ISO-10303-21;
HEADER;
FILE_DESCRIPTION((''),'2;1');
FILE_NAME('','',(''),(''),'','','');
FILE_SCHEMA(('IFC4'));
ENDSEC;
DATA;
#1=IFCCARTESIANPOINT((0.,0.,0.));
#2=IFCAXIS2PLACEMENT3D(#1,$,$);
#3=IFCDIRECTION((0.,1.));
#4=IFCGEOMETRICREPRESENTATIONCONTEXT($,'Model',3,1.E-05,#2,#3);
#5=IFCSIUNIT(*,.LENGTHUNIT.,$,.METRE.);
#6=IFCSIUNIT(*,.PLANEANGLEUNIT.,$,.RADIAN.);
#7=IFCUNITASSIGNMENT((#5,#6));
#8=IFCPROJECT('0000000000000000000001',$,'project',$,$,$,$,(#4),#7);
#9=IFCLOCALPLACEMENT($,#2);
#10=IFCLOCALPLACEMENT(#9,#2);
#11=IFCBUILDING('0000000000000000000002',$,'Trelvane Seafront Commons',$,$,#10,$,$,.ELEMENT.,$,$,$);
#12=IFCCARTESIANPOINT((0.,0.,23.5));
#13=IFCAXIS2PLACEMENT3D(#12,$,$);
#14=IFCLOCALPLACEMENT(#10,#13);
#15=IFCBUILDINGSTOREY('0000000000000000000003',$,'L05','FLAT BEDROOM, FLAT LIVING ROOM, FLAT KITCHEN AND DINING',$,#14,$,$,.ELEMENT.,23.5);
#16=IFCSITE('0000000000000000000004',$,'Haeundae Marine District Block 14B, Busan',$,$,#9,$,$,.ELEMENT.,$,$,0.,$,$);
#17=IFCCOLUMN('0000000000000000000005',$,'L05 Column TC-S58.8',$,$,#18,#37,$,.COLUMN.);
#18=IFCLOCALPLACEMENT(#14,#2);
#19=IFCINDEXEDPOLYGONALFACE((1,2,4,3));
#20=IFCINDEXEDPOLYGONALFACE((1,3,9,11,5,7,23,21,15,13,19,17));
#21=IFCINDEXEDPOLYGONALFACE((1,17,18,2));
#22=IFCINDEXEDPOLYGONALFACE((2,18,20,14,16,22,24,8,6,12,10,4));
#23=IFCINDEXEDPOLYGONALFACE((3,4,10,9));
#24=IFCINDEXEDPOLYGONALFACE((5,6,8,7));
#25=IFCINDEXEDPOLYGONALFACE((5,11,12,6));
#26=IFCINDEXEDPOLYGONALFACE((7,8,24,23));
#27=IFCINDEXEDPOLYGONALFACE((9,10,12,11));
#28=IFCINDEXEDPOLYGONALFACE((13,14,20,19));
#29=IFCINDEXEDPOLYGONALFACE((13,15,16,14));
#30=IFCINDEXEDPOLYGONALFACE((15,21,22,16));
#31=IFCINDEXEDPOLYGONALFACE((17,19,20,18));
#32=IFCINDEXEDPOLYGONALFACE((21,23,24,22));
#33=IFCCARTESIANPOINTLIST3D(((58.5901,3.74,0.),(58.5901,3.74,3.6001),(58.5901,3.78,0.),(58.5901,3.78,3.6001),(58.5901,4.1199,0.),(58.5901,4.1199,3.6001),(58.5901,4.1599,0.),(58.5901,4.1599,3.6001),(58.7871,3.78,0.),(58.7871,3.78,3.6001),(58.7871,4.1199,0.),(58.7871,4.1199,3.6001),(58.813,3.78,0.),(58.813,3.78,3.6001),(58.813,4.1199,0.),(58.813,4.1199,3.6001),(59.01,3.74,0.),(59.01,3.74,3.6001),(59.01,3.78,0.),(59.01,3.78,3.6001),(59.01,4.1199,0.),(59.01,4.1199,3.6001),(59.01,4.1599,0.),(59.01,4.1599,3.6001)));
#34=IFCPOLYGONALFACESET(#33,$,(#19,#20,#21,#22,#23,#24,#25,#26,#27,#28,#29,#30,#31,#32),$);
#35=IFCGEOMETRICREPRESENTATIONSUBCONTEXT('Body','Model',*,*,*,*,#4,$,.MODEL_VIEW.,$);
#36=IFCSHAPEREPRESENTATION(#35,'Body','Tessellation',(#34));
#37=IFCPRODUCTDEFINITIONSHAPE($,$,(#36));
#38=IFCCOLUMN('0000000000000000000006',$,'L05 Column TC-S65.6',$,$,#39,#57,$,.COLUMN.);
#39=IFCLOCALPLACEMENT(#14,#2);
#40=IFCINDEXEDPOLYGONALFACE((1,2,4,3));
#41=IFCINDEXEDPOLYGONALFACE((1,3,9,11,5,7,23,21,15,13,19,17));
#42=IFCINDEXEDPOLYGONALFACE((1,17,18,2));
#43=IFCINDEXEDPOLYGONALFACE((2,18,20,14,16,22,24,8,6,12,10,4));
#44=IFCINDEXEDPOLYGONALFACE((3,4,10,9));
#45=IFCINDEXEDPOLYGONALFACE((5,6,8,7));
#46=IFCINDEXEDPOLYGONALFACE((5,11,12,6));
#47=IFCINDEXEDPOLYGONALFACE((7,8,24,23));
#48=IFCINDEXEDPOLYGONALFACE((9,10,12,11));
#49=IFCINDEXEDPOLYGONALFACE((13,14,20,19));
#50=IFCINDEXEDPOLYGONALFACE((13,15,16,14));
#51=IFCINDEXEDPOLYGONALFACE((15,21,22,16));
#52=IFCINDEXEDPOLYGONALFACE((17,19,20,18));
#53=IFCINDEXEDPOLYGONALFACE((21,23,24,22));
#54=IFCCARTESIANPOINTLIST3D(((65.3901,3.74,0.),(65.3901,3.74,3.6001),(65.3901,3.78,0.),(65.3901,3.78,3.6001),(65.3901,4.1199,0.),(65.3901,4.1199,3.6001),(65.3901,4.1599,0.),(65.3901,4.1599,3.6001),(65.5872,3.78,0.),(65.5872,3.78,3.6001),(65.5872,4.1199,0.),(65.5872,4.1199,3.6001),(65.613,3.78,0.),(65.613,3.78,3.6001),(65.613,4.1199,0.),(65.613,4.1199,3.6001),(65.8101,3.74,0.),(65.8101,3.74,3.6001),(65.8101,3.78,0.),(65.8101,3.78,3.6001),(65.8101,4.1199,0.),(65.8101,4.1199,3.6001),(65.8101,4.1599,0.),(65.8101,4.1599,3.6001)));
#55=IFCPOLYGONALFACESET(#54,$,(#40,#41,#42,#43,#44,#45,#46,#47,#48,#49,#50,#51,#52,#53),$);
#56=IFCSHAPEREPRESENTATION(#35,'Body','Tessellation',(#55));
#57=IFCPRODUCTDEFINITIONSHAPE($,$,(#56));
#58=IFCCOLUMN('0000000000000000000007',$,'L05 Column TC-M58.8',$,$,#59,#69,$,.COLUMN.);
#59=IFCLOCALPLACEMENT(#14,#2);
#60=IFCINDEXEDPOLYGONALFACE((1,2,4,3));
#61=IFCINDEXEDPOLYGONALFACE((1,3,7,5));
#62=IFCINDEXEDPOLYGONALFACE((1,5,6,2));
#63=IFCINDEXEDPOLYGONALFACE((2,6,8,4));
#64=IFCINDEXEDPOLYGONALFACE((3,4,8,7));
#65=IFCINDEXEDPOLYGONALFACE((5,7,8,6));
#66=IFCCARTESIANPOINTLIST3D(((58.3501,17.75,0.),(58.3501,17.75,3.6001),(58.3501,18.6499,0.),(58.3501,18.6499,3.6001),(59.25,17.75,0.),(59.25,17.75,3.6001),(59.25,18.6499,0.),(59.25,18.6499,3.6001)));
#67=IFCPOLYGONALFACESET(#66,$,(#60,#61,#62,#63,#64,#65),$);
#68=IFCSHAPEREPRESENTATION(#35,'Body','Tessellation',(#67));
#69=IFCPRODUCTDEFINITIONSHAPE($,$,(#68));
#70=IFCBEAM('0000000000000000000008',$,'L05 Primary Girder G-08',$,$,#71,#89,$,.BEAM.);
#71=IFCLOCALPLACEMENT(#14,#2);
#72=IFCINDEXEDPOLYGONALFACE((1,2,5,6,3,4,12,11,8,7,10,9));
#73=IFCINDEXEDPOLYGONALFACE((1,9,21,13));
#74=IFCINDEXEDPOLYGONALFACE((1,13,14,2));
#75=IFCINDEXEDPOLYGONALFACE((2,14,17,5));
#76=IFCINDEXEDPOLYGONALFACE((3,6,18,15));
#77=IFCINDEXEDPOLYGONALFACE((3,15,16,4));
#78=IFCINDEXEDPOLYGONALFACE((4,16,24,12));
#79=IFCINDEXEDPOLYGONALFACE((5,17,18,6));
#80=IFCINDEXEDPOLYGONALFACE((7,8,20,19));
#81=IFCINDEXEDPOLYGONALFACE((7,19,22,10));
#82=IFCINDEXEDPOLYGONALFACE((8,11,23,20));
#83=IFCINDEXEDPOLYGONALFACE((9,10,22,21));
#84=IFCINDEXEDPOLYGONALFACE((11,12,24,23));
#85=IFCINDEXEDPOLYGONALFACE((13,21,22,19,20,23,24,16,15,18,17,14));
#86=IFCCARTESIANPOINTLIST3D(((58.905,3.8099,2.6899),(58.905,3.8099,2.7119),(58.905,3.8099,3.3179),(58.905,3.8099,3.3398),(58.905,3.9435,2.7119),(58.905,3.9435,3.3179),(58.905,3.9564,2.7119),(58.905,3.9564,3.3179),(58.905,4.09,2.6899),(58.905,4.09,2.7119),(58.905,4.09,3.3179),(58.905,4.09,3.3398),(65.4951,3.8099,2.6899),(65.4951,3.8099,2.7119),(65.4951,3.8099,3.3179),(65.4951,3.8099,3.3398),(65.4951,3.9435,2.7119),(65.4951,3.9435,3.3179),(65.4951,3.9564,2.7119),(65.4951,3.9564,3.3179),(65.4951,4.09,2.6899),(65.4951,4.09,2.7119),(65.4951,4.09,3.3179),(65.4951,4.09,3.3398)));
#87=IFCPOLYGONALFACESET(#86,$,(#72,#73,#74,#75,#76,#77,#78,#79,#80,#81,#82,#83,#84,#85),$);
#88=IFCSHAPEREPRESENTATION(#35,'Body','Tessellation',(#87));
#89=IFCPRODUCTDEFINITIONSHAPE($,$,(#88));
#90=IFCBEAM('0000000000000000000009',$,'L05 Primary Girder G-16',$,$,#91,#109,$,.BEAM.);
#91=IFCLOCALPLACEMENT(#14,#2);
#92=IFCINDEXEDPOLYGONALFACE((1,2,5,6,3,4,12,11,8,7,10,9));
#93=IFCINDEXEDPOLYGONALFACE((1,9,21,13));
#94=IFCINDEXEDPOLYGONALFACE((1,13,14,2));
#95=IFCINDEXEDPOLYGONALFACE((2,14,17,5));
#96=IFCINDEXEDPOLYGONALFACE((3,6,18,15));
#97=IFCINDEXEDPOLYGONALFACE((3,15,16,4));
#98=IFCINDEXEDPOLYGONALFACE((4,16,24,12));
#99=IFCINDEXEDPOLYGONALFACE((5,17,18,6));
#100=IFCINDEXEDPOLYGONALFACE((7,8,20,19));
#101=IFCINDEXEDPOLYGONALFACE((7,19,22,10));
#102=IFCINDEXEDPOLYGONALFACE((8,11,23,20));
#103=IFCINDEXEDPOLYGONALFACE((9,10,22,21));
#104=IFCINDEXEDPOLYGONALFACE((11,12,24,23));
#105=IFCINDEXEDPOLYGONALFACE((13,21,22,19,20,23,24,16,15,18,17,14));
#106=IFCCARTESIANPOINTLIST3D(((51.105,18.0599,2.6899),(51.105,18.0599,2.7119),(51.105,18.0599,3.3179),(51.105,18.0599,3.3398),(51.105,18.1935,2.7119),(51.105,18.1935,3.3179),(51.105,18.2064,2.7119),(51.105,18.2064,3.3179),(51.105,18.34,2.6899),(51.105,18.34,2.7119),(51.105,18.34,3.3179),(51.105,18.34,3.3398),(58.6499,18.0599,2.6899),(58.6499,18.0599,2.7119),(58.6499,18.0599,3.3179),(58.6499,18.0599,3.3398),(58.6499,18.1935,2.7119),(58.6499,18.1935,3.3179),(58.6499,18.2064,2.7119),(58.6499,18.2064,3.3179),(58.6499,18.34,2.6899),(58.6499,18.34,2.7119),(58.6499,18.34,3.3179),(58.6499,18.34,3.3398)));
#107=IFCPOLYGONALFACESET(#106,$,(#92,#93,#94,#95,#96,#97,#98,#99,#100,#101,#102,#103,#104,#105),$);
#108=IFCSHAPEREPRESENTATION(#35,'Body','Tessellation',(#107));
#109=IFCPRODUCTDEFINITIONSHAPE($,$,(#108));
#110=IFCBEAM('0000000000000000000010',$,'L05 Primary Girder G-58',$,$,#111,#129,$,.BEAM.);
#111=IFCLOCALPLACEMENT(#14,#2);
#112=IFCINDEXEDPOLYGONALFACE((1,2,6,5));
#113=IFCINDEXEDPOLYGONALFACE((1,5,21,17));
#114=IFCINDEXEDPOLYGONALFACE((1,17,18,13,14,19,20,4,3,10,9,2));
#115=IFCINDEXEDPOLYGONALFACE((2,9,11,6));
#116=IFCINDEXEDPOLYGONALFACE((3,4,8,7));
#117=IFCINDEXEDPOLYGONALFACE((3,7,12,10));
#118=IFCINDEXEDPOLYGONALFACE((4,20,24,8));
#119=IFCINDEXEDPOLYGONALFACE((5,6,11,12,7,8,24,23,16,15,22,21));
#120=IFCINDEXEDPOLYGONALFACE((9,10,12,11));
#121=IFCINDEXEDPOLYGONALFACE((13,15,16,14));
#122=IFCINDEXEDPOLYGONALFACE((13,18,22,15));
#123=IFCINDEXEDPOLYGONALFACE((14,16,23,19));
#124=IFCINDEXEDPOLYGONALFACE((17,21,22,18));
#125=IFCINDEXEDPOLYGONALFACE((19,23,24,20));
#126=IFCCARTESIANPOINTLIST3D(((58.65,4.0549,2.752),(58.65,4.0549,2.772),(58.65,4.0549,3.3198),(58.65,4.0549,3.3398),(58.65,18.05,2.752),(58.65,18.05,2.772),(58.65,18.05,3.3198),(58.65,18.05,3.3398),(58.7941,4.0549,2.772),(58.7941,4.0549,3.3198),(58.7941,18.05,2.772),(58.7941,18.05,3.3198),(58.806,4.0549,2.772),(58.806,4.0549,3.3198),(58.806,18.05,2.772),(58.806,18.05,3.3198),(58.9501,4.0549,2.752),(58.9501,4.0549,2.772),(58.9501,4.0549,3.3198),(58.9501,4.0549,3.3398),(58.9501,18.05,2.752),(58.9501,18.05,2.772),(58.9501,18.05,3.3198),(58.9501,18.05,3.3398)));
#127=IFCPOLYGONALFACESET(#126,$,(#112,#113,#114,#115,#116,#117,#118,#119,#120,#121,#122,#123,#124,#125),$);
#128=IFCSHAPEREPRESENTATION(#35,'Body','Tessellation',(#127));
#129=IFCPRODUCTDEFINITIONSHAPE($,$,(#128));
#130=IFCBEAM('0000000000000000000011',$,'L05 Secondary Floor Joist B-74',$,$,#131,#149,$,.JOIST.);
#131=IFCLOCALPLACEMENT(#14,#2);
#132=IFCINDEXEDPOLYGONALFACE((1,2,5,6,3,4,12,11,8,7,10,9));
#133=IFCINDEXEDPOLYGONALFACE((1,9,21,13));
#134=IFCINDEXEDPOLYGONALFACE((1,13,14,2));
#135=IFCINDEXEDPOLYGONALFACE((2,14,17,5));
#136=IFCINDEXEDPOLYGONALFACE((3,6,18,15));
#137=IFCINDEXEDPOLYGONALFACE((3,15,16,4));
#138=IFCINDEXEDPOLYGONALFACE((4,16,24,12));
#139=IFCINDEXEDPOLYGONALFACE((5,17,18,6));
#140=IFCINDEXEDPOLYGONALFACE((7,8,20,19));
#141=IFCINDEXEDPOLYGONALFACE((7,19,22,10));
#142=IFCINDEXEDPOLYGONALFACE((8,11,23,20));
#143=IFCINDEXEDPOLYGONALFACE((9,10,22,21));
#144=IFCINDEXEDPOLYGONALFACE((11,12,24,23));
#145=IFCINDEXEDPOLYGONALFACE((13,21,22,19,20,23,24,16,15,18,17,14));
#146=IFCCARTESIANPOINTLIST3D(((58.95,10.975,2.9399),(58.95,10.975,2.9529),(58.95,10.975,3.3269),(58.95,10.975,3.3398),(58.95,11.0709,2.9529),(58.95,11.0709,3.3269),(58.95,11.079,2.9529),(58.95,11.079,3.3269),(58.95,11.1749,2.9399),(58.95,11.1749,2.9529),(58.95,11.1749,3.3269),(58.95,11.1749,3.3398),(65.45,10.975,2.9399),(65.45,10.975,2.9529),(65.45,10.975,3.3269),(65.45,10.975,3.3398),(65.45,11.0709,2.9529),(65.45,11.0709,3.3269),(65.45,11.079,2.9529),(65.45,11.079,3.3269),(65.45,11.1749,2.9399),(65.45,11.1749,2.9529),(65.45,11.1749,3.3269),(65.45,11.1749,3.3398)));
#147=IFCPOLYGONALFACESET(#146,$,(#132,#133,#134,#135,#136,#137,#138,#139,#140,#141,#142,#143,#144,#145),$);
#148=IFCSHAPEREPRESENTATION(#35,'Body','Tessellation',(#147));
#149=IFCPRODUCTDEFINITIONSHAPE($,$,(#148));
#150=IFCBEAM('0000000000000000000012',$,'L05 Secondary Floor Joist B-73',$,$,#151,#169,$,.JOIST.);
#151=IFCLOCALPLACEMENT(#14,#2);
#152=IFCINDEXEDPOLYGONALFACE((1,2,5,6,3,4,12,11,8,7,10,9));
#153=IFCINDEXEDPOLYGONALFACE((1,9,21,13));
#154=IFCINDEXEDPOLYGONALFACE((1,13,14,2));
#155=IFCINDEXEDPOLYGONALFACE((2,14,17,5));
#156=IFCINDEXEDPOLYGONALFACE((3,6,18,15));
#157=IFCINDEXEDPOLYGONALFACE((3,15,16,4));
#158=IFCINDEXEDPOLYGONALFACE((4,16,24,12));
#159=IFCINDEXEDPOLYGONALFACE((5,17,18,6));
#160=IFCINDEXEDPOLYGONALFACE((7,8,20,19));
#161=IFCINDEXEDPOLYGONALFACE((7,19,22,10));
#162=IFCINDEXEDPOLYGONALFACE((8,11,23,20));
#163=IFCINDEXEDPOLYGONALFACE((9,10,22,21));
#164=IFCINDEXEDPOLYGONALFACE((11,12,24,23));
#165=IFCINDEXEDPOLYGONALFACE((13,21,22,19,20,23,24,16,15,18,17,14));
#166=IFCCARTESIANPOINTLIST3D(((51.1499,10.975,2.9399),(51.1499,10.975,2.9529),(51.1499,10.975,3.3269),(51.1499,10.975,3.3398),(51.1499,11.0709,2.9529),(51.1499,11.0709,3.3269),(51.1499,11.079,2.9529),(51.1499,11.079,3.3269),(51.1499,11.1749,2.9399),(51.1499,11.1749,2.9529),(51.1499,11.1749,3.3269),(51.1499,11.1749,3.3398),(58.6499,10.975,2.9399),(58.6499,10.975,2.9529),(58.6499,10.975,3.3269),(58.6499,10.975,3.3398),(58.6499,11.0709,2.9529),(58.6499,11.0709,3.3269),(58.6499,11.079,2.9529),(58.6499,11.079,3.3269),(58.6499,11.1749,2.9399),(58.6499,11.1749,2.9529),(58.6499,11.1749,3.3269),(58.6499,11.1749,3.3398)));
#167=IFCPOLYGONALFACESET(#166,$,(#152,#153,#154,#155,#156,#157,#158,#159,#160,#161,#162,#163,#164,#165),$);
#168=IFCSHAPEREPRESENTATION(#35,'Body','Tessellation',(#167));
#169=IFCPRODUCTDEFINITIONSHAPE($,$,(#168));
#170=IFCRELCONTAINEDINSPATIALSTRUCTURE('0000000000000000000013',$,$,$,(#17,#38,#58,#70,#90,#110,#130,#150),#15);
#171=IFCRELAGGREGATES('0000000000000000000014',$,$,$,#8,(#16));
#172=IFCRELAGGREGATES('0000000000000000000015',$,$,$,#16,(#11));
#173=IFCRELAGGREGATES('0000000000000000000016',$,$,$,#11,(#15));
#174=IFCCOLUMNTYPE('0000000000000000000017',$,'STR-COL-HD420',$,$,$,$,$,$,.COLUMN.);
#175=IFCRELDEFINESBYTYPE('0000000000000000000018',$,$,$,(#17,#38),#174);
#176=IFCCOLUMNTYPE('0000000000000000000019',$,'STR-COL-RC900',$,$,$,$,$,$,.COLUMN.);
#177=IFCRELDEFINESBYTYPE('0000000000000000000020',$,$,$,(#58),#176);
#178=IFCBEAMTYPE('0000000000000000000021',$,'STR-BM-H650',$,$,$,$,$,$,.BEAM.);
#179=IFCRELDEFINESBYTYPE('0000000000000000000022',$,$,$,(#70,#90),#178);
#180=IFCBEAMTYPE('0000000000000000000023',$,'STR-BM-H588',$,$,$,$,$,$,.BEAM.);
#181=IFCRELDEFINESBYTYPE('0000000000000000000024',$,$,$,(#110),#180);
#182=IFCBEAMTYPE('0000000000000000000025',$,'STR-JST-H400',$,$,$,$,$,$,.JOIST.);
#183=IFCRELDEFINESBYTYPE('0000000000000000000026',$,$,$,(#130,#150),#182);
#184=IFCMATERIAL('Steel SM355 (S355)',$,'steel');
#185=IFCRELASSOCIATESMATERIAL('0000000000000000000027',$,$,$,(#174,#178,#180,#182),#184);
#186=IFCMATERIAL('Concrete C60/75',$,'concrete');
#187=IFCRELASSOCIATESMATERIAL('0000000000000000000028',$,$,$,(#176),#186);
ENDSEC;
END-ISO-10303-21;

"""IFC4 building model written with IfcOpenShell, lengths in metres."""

from ifc_helpers import new_model, si_unit, direction, frame, origin, origin_2d, place, context, subcontext, project, spatial, rectangle, i_section, extrude, source, transform, mapped, material, material_profile, profile_set, type_object, element, save


model = new_model("IFC4")

# Units and contexts
model_context = context("Model", 3, precision=1e-05, world=origin(), true_north=direction((0.0, 1.0)))
body_context = subcontext(model_context, "Body", "Model", "MODEL_VIEW")
ifc_project = project(units=[si_unit("LENGTHUNIT", "METRE"), si_unit("PLANEANGLEUNIT", "RADIAN")], contexts=[model_context])

# Site, building, storey
site_placement = place(None, origin())
site = spatial("IfcSite", under=ifc_project, at=site_placement, Name="Haeundae Marine District Block 14B, Busan", CompositionType="ELEMENT", RefElevation=0.0)
building_placement = place(site_placement, origin())
building = spatial("IfcBuilding", under=site, at=building_placement, Name="Trelvane Seafront Commons", CompositionType="ELEMENT")
storey_placement = place(building_placement, frame((0.0, 0.0, 23.5)))
storey = spatial("IfcBuildingStorey", under=building, at=storey_placement, Name="L05", Description="FLAT BEDROOM, FLAT LIVING ROOM, FLAT KITCHEN AND DINING", CompositionType="ELEMENT", Elevation=23.5)

# Columns
ifc_material_1 = material(Name="Steel SM355 (S355)", Category="steel")
ifc_material_profile_1 = material_profile(ifc_material_1, i_section(OverallWidth=0.4199, OverallDepth=0.4199, WebThickness=0.0259, FlangeThickness=0.04, at=origin_2d()), Name="HD-420x420x26x40")
ifc_profile_set_1 = profile_set([ifc_material_profile_1], Name="Steel SM355 (S355)")
column_type_1 = type_object("IfcColumnType", Name="STR-COL-HD420", PredefinedType="COLUMN", material=ifc_profile_set_1)
shared_shape_1 = source(origin(), body_context, "Body", "SweptSolid", [
    extrude(i_section(OverallWidth=0.4199, OverallDepth=0.4199, WebThickness=0.0259, FlangeThickness=0.04, at=origin_2d()), origin(), (0.0, 0.0, 1.0), 3.6001),
])
for number, where, z_axis, x_axis, name in (
    (1, (58.8, 3.95, 0.0), (0.0, 0.0, 1.0), (1.0, 0.0, 0.0), "L05 Column TC-S58.8"),
    (2, (65.6001, 3.95, 0.0), (0.0, 0.0, 1.0), (1.0, 0.0, 0.0), "L05 Column TC-S65.6"),
):
    element("IfcColumn", number, at=place(storey_placement, frame(where, z_axis=z_axis, x_axis=x_axis)), inside=storey, type_object=column_type_1, Name=name, PredefinedType="COLUMN", context=body_context, shape_type="MappedRepresentation", body=[
        mapped(shared_shape_1, transform((0.0, 0.0, 0.0), x_axis=(1.0, 0.0, 0.0), y_axis=(0.0, 1.0, 0.0), z_axis=(0.0, 0.0, 1.0), scale=1.0)),
    ])
ifc_material_2 = material(Name="Concrete C60/75", Category="concrete")
ifc_material_profile_2 = material_profile(ifc_material_2, rectangle(XDim=0.8999, YDim=0.8999, at=origin_2d()), Name="RC-900x900")
ifc_profile_set_2 = profile_set([ifc_material_profile_2], Name="Concrete C60/75")
column_type_2 = type_object("IfcColumnType", Name="STR-COL-RC900", PredefinedType="COLUMN", material=ifc_profile_set_2)
shared_shape_2 = source(origin(), body_context, "Body", "SweptSolid", [
    extrude(rectangle(XDim=0.8999, YDim=0.8999, at=origin_2d()), origin(), (0.0, 0.0, 1.0), 3.6001),
])
column_placement = place(storey_placement, frame((58.8, 18.2, 0.0), z_axis=(0.0, 0.0, 1.0), x_axis=(1.0, 0.0, 0.0)))
element("IfcColumn", 3, at=column_placement, inside=storey, type_object=column_type_2, Name="L05 Column TC-M58.8", PredefinedType="COLUMN", context=body_context, shape_type="MappedRepresentation", body=[
    mapped(shared_shape_2, transform((0.0, 0.0, 0.0), x_axis=(1.0, 0.0, 0.0), y_axis=(0.0, 1.0, 0.0), z_axis=(0.0, 0.0, 1.0), scale=1.0)),
])

# Beams
ifc_material_profile_3 = material_profile(ifc_material_1, i_section(OverallWidth=0.28, OverallDepth=0.6499, WebThickness=0.0129, FlangeThickness=0.022, at=origin_2d()), Name="H-650x280x13x22")
ifc_profile_set_3 = profile_set([ifc_material_profile_3], Name="Steel SM355 (S355)")
beam_type_1 = type_object("IfcBeamType", Name="STR-BM-H650", PredefinedType="BEAM", material=ifc_profile_set_3)
shared_shape_3 = source(origin(), body_context, "Body", "SweptSolid", [
    extrude(i_section(OverallWidth=0.28, OverallDepth=0.6499, WebThickness=0.0129, FlangeThickness=0.022, at=origin_2d()), origin(), (0.0, 0.0, 1.0), 6.5901),
])
beam_1_placement = place(storey_placement, frame((58.905, 3.95, 3.0149), z_axis=(1.0, 0.0, 0.0), x_axis=(0.0, 1.0, 0.0)))
element("IfcBeam", 4, at=beam_1_placement, inside=storey, type_object=beam_type_1, Name="L05 Primary Girder G-08", PredefinedType="BEAM", context=body_context, shape_type="MappedRepresentation", body=[
    mapped(shared_shape_3, transform((0.0, 0.0, 0.0), x_axis=(1.0, 0.0, 0.0), y_axis=(0.0, 1.0, 0.0), z_axis=(0.0, 0.0, 1.0), scale=1.0)),
])
shared_shape_4 = source(origin(), body_context, "Body", "SweptSolid", [
    extrude(i_section(OverallWidth=0.28, OverallDepth=0.6499, WebThickness=0.0129, FlangeThickness=0.022, at=origin_2d()), origin(), (0.0, 0.0, 1.0), 7.5449),
])
beam_2_placement = place(storey_placement, frame((51.105, 18.2, 3.0149), z_axis=(1.0, 0.0, 0.0), x_axis=(0.0, 1.0, 0.0)))
element("IfcBeam", 5, at=beam_2_placement, inside=storey, type_object=beam_type_1, Name="L05 Primary Girder G-16", PredefinedType="BEAM", context=body_context, shape_type="MappedRepresentation", body=[
    mapped(shared_shape_4, transform((0.0, 0.0, 0.0), x_axis=(1.0, 0.0, 0.0), y_axis=(0.0, 1.0, 0.0), z_axis=(0.0, 0.0, 1.0), scale=1.0)),
])
ifc_material_profile_4 = material_profile(ifc_material_1, i_section(OverallWidth=0.3, OverallDepth=0.5879, WebThickness=0.012, FlangeThickness=0.02, at=origin_2d()), Name="H-588x300x12x20")
ifc_profile_set_4 = profile_set([ifc_material_profile_4], Name="Steel SM355 (S355)")
beam_type_2 = type_object("IfcBeamType", Name="STR-BM-H588", PredefinedType="BEAM", material=ifc_profile_set_4)
shared_shape_5 = source(origin(), body_context, "Body", "SweptSolid", [
    extrude(i_section(OverallWidth=0.3, OverallDepth=0.5879, WebThickness=0.012, FlangeThickness=0.02, at=origin_2d()), origin(), (0.0, 0.0, 1.0), 13.9951),
])
beam_3_placement = place(storey_placement, frame((58.8, 4.0549, 3.0459), z_axis=(0.0, 1.0, 0.0), x_axis=(-1.0, 0.0, 0.0)))
element("IfcBeam", 6, at=beam_3_placement, inside=storey, type_object=beam_type_2, Name="L05 Primary Girder G-58", PredefinedType="BEAM", context=body_context, shape_type="MappedRepresentation", body=[
    mapped(shared_shape_5, transform((0.0, 0.0, 0.0), x_axis=(1.0, 0.0, 0.0), y_axis=(0.0, 1.0, 0.0), z_axis=(0.0, 0.0, 1.0), scale=1.0)),
])
ifc_material_profile_5 = material_profile(ifc_material_1, i_section(OverallWidth=0.2, OverallDepth=0.3999, WebThickness=0.0081, FlangeThickness=0.0129, at=origin_2d()), Name="H-400x200x8x13")
ifc_profile_set_5 = profile_set([ifc_material_profile_5], Name="Steel SM355 (S355)")
beam_type_3 = type_object("IfcBeamType", Name="STR-JST-H400", PredefinedType="JOIST", material=ifc_profile_set_5)
shared_shape_6 = source(origin(), body_context, "Body", "SweptSolid", [
    extrude(i_section(OverallWidth=0.2, OverallDepth=0.3999, WebThickness=0.0081, FlangeThickness=0.0129, at=origin_2d()), origin(), (0.0, 0.0, 1.0), 6.5),
])
beam_4_placement = place(storey_placement, frame((58.95, 11.075, 3.1399), z_axis=(1.0, 0.0, 0.0), x_axis=(0.0, 1.0, 0.0)))
element("IfcBeam", 7, at=beam_4_placement, inside=storey, type_object=beam_type_3, Name="L05 Secondary Floor Joist B-74", PredefinedType="JOIST", context=body_context, shape_type="MappedRepresentation", body=[
    mapped(shared_shape_6, transform((0.0, 0.0, 0.0), x_axis=(1.0, 0.0, 0.0), y_axis=(0.0, 1.0, 0.0), z_axis=(0.0, 0.0, 1.0), scale=1.0)),
])
shared_shape_7 = source(origin(), body_context, "Body", "SweptSolid", [
    extrude(i_section(OverallWidth=0.2, OverallDepth=0.3999, WebThickness=0.0081, FlangeThickness=0.0129, at=origin_2d()), origin(), (0.0, 0.0, 1.0), 7.5),
])
beam_5_placement = place(storey_placement, frame((51.1499, 11.075, 3.1399), z_axis=(1.0, 0.0, 0.0), x_axis=(0.0, 1.0, 0.0)))
element("IfcBeam", 8, at=beam_5_placement, inside=storey, type_object=beam_type_3, Name="L05 Secondary Floor Joist B-73", PredefinedType="JOIST", context=body_context, shape_type="MappedRepresentation", body=[
    mapped(shared_shape_7, transform((0.0, 0.0, 0.0), x_axis=(1.0, 0.0, 0.0), y_axis=(0.0, 1.0, 0.0), z_axis=(0.0, 0.0, 1.0), scale=1.0)),
])

save(model, "model.ifc")
